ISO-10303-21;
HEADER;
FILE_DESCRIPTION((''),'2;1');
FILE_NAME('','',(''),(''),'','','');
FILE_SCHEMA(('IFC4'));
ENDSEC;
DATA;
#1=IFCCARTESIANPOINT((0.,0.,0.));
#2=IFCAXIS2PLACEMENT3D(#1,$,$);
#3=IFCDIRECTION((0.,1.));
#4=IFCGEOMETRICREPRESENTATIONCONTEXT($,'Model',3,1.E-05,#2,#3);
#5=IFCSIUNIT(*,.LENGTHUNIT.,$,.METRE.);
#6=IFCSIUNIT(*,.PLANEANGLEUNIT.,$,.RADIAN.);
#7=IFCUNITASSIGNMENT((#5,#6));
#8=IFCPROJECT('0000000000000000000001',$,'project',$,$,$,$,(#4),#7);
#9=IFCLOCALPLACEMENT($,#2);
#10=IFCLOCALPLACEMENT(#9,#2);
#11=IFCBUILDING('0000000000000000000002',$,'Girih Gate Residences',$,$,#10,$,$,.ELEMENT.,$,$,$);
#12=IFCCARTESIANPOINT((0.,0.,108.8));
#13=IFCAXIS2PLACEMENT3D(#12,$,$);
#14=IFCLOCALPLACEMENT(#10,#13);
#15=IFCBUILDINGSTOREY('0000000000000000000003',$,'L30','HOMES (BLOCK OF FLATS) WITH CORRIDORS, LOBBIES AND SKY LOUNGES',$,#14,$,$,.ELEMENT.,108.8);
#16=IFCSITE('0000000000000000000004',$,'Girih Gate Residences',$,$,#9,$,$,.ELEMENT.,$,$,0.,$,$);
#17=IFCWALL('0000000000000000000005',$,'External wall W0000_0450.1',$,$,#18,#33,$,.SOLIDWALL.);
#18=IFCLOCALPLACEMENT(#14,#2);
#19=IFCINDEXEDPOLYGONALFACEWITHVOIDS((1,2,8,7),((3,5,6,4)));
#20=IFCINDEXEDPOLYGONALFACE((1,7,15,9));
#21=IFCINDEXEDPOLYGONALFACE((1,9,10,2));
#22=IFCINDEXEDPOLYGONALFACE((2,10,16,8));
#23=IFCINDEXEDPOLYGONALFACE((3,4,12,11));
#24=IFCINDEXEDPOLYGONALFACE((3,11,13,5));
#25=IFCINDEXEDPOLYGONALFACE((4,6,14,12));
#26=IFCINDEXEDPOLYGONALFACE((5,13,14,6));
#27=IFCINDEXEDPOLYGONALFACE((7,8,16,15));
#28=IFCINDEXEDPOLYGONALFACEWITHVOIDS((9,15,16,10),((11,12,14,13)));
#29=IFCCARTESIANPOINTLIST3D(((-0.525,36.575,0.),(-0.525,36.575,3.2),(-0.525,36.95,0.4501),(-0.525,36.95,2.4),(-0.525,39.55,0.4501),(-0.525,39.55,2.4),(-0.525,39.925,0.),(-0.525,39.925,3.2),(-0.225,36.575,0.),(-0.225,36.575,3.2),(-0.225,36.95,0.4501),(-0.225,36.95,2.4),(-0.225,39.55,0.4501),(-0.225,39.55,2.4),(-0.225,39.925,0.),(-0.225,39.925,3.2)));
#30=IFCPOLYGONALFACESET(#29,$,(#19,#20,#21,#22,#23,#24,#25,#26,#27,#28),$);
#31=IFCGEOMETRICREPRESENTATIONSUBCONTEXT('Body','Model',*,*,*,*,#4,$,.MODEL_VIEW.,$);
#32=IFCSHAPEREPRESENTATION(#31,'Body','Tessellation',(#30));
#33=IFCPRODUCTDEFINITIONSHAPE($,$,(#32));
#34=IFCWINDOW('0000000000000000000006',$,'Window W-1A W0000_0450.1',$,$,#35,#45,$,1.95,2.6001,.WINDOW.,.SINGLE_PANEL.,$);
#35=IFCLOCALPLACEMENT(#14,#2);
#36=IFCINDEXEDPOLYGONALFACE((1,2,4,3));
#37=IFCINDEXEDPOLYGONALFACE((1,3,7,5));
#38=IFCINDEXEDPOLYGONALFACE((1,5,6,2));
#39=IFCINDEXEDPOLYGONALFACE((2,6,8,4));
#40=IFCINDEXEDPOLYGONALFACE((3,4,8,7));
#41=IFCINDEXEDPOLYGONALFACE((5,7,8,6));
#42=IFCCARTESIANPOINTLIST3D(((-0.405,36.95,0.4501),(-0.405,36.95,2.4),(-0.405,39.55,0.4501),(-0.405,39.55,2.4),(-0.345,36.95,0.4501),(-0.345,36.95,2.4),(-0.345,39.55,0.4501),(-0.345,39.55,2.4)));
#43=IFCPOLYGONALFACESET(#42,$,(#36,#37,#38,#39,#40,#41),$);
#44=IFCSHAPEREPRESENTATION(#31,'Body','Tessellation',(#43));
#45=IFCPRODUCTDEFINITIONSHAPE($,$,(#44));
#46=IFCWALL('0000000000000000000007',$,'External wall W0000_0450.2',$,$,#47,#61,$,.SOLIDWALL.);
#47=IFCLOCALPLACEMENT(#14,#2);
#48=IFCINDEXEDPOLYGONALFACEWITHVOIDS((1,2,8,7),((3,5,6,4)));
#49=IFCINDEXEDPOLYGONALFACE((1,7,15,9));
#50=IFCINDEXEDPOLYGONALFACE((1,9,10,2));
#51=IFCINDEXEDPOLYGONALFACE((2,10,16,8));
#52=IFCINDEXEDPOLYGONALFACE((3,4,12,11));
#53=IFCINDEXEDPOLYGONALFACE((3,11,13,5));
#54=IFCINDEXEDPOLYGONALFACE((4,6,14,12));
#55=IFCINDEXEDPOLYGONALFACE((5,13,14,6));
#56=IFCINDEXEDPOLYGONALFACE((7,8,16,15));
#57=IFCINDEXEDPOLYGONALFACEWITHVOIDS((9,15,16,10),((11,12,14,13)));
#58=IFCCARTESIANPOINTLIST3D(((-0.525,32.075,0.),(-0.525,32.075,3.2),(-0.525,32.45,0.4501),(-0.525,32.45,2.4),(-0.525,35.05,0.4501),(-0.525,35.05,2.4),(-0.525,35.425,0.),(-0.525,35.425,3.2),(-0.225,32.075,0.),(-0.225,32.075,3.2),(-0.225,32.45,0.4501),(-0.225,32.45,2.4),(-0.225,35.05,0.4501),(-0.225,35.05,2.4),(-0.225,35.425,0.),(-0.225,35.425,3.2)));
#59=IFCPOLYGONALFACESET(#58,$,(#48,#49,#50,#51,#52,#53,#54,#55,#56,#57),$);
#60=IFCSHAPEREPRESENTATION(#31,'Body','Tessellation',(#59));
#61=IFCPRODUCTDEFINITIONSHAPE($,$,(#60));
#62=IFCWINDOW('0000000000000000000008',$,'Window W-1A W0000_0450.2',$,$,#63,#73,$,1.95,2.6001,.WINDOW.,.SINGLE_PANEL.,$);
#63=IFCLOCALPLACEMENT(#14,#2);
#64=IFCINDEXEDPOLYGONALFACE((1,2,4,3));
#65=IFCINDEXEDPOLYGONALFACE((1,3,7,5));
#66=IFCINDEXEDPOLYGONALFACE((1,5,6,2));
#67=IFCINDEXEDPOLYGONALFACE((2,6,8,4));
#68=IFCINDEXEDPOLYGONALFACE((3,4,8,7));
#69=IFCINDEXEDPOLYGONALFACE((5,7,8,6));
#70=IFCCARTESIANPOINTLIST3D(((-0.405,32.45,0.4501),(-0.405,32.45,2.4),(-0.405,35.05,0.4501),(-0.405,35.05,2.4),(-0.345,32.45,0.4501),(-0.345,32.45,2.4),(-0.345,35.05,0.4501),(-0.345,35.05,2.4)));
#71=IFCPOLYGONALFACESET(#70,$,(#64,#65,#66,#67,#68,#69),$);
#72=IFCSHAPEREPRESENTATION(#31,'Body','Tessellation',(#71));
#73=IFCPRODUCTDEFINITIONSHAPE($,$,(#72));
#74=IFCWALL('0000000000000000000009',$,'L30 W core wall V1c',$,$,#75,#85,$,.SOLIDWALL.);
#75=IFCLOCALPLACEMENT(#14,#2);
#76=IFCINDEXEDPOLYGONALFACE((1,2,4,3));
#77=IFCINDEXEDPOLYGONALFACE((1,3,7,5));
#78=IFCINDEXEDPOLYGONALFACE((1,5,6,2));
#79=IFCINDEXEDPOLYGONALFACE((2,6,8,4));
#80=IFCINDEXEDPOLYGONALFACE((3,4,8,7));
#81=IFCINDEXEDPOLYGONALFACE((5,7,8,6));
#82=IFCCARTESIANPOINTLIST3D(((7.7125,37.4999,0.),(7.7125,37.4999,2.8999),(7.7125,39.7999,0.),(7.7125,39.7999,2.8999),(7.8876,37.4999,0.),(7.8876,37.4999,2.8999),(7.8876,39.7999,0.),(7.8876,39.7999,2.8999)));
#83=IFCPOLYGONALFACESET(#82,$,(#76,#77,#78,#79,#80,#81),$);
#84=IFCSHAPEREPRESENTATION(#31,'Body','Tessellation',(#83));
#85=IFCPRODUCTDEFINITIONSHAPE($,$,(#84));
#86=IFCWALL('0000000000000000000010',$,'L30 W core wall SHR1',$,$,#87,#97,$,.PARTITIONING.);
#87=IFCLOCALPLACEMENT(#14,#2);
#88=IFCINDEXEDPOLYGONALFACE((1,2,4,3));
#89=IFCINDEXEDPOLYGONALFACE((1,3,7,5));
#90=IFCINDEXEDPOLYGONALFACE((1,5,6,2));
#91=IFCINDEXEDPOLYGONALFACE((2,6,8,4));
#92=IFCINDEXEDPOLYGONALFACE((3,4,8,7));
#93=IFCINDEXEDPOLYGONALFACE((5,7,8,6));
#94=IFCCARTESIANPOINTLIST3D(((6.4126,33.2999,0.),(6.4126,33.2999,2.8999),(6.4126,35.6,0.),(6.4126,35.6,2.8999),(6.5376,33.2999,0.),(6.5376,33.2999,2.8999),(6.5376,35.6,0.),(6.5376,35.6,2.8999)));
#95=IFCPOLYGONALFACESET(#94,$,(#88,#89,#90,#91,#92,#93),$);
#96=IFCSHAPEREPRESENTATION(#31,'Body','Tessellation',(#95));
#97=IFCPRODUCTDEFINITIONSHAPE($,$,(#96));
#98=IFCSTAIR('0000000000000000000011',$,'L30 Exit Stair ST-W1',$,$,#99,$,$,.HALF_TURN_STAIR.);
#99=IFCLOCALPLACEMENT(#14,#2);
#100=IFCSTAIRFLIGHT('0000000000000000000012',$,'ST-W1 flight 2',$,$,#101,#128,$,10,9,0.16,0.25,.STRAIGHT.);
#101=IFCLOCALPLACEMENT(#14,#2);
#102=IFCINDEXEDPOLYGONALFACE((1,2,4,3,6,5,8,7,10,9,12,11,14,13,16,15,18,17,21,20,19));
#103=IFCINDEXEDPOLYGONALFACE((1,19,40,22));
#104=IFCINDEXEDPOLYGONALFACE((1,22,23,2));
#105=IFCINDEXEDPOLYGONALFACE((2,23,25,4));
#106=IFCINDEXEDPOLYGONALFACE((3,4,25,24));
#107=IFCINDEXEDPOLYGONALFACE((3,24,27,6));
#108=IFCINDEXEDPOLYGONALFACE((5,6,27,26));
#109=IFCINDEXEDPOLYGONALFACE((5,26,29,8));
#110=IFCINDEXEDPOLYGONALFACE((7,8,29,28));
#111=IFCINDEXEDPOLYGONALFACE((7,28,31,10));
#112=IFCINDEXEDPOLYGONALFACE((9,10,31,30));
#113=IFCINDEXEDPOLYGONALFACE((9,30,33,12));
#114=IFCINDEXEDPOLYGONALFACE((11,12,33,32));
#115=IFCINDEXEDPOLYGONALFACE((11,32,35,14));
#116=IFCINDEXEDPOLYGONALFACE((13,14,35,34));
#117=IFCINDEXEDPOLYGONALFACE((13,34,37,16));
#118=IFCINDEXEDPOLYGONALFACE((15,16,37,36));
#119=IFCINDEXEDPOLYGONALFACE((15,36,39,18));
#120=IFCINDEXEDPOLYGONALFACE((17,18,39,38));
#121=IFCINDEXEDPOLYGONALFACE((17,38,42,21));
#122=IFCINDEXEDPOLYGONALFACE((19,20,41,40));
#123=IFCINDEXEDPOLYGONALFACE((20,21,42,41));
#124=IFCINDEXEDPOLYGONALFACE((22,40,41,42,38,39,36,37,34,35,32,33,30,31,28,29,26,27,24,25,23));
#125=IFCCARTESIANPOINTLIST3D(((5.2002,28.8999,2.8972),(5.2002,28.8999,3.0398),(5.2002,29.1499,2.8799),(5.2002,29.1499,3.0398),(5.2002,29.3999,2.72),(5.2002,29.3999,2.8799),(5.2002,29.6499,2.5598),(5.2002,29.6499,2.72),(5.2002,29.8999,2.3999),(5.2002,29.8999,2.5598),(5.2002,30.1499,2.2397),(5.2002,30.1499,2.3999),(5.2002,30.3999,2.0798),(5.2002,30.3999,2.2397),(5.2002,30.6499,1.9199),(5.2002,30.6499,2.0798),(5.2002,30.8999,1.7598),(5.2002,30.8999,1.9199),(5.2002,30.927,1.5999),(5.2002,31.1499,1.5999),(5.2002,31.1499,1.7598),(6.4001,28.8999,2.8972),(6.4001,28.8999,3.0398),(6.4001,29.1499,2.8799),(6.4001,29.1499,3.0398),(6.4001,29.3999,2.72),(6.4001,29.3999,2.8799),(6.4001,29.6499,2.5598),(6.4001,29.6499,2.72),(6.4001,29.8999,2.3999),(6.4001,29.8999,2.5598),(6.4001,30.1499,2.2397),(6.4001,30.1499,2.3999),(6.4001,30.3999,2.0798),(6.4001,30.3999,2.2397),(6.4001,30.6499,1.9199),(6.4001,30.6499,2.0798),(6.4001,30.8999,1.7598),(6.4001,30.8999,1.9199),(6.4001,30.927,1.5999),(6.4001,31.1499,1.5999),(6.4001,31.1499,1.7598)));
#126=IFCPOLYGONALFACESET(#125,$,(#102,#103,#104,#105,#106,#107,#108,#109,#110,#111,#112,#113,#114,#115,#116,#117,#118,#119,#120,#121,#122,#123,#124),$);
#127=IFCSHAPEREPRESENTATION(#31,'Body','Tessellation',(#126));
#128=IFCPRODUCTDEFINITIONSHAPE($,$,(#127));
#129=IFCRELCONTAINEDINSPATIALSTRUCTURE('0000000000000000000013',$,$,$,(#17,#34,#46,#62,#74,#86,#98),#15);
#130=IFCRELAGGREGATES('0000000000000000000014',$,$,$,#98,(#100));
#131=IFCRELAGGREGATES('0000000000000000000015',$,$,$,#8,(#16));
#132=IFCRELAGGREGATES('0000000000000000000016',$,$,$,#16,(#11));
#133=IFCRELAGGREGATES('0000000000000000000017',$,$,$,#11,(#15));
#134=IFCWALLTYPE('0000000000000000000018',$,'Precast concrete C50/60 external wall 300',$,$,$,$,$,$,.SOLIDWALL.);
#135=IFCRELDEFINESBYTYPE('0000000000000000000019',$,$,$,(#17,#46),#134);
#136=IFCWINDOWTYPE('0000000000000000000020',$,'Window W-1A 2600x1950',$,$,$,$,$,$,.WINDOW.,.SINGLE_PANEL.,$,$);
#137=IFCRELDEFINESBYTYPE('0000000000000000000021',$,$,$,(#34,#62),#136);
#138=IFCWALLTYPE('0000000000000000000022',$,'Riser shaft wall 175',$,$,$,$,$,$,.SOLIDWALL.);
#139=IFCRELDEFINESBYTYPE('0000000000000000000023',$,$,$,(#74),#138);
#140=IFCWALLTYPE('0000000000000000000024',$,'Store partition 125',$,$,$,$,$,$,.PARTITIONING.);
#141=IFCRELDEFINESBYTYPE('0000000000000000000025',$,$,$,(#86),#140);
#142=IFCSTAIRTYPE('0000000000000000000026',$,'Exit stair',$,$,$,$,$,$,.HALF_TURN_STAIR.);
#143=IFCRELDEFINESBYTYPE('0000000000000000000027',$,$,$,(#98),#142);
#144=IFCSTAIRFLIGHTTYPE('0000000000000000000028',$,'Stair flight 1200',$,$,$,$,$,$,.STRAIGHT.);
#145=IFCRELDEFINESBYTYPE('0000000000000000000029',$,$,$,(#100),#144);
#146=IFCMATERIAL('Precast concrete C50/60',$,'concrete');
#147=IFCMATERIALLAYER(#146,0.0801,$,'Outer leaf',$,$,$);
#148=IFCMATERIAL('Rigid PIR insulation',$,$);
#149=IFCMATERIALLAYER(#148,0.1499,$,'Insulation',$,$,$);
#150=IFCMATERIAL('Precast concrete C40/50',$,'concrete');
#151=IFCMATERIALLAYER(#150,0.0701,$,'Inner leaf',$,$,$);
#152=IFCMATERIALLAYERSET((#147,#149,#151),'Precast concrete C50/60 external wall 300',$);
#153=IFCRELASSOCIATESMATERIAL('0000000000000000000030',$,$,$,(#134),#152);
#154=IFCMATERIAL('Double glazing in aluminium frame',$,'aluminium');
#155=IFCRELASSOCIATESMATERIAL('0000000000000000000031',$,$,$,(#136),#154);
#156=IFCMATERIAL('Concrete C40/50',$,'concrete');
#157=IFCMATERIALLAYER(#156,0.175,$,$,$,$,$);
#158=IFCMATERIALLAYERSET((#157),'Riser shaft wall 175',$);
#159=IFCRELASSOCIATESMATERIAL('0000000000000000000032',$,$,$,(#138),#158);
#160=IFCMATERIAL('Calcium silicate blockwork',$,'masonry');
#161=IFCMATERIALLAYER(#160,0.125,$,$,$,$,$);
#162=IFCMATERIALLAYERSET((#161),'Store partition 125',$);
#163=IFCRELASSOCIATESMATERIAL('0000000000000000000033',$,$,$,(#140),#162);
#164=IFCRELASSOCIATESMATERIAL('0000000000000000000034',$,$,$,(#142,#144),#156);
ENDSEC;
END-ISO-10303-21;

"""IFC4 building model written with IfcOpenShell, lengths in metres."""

from ifc_helpers import new_model, si_unit, direction, frame, frame_2d, origin, place, context, subcontext, project, spatial, polyline, rectangle, outline, extrude, material, layer, layer_set, type_object, element, fill, aggregate, save


model = new_model("IFC4")

# Units and contexts
model_context = context("Model", 3, precision=1e-05, world=origin(), true_north=direction((0.0, 1.0)))
body_context = subcontext(model_context, "Body", "Model", "MODEL_VIEW")
ifc_project = project(units=[si_unit("LENGTHUNIT", "METRE"), si_unit("PLANEANGLEUNIT", "RADIAN")], contexts=[model_context])

# Site, building, storey
site_placement = place(None, origin())
site = spatial("IfcSite", under=ifc_project, at=site_placement, Name="Girih Gate Residences", CompositionType="ELEMENT", RefElevation=0.0)
building_placement = place(site_placement, origin())
building = spatial("IfcBuilding", under=site, at=building_placement, Name="Girih Gate Residences", CompositionType="ELEMENT")
storey_placement = place(building_placement, frame((0.0, 0.0, 108.8)))
storey = spatial("IfcBuildingStorey", under=building, at=storey_placement, Name="L30", Description="HOMES (BLOCK OF FLATS) WITH CORRIDORS, LOBBIES AND SKY LOUNGES", CompositionType="ELEMENT", Elevation=108.8)

# Shared definitions
ifc_material_1 = material(Name="Concrete C40/50", Category="concrete")

# Walls, openings, windows
ifc_material_2 = material(Name="Precast concrete C50/60", Category="concrete")
ifc_layer_1 = layer(ifc_material_2, 0.0801, Name="Outer leaf")
ifc_material_3 = material(Name="Rigid PIR insulation")
ifc_layer_2 = layer(ifc_material_3, 0.1499, Name="Insulation")
ifc_material_4 = material(Name="Precast concrete C40/50", Category="concrete")
ifc_layer_3 = layer(ifc_material_4, 0.0701, Name="Inner leaf")
ifc_layer_set_1 = layer_set([ifc_layer_1, ifc_layer_2, ifc_layer_3], Name="Precast concrete C50/60 external wall 300")
wall_type_1 = type_object("IfcWallType", Name="Precast concrete C50/60 external wall 300", PredefinedType="SOLIDWALL", material=ifc_layer_set_1)
wall_1_placement = place(storey_placement, frame((-0.375, 36.575, 0.0), z_axis=(0.0, 0.0, 1.0), x_axis=(0.0, 1.0, 0.0)))
wall_1 = element("IfcWall", 1, at=wall_1_placement, inside=storey, type_object=wall_type_1, Name="External wall W0000_0450.1", PredefinedType="SOLIDWALL", context=body_context, shape_type="SweptSolid", body=[
    extrude(rectangle(XDim=3.3501, YDim=0.3, at=frame_2d((1.675, 0.0))), origin(), (0.0, 0.0, 1.0), 3.2),
])
opening_1_placement = place(wall_1_placement, frame((0.375, 0.0, 0.45)))
opening_1 = element("IfcOpeningElement", 2, at=opening_1_placement, cuts=wall_1, PredefinedType="OPENING", context=body_context, shape_type="SweptSolid", body=[
    extrude(rectangle(XDim=2.6001, YDim=1.95, at=frame_2d((1.3, 0.9751))), frame((0.0, 0.1599, 0.0), z_axis=(0.0, -1.0, 0.0), x_axis=(1.0, 0.0, 0.0)), (0.0, 0.0, 1.0), 0.3201),
])
ifc_material_5 = material(Name="Double glazing in aluminium frame", Category="aluminium")
window_type = type_object("IfcWindowType", Name="Window W-1A 2600x1950", PartitioningType="SINGLE_PANEL", PredefinedType="WINDOW", material=ifc_material_5)
window_1_placement = place(opening_1_placement, origin())
window_1 = element("IfcWindow", 3, at=window_1_placement, inside=storey, type_object=window_type, Name="Window W-1A W0000_0450.1", OverallHeight=1.95, OverallWidth=2.6001, PartitioningType="SINGLE_PANEL", PredefinedType="WINDOW", context=body_context, shape_type="SweptSolid", body=[
    extrude(rectangle(XDim=2.6001, YDim=1.95, at=frame_2d((1.3, 0.9751))), frame((0.0, 0.03, 0.0), z_axis=(0.0, -1.0, 0.0), x_axis=(1.0, 0.0, 0.0)), (0.0, 0.0, 1.0), 0.0601),
])
fill(opening_1, window_1)
wall_2_placement = place(storey_placement, frame((-0.375, 32.075, 0.0), z_axis=(0.0, 0.0, 1.0), x_axis=(0.0, 1.0, 0.0)))
wall_2 = element("IfcWall", 4, at=wall_2_placement, inside=storey, type_object=wall_type_1, Name="External wall W0000_0450.2", PredefinedType="SOLIDWALL", context=body_context, shape_type="SweptSolid", body=[
    extrude(rectangle(XDim=3.3501, YDim=0.3, at=frame_2d((1.675, 0.0))), origin(), (0.0, 0.0, 1.0), 3.2),
])
opening_2_placement = place(wall_2_placement, frame((0.375, 0.0, 0.45)))
opening_2 = element("IfcOpeningElement", 5, at=opening_2_placement, cuts=wall_2, PredefinedType="OPENING", context=body_context, shape_type="SweptSolid", body=[
    extrude(rectangle(XDim=2.6001, YDim=1.95, at=frame_2d((1.3, 0.9751))), frame((0.0, 0.1599, 0.0), z_axis=(0.0, -1.0, 0.0), x_axis=(1.0, 0.0, 0.0)), (0.0, 0.0, 1.0), 0.3201),
])
window_2_placement = place(opening_2_placement, origin())
window_2 = element("IfcWindow", 6, at=window_2_placement, inside=storey, type_object=window_type, Name="Window W-1A W0000_0450.2", OverallHeight=1.95, OverallWidth=2.6001, PartitioningType="SINGLE_PANEL", PredefinedType="WINDOW", context=body_context, shape_type="SweptSolid", body=[
    extrude(rectangle(XDim=2.6001, YDim=1.95, at=frame_2d((1.3, 0.9751))), frame((0.0, 0.03, 0.0), z_axis=(0.0, -1.0, 0.0), x_axis=(1.0, 0.0, 0.0)), (0.0, 0.0, 1.0), 0.0601),
])
fill(opening_2, window_2)

# Walls
ifc_layer_4 = layer(ifc_material_1, 0.175)
ifc_layer_set_2 = layer_set([ifc_layer_4], Name="Riser shaft wall 175")
wall_type_2 = type_object("IfcWallType", Name="Riser shaft wall 175", PredefinedType="SOLIDWALL", material=ifc_layer_set_2)
wall_3_placement = place(storey_placement, frame((7.8, 37.5, 0.0), z_axis=(0.0, 0.0, 1.0), x_axis=(0.0, 1.0, 0.0)))
element("IfcWall", 7, at=wall_3_placement, inside=storey, type_object=wall_type_2, Name="L30 W core wall V1c", PredefinedType="SOLIDWALL", context=body_context, shape_type="SweptSolid", body=[
    extrude(rectangle(XDim=2.3, YDim=0.175, at=frame_2d((1.1499, 0.0))), origin(), (0.0, 0.0, 1.0), 2.8999),
])
ifc_material_6 = material(Name="Calcium silicate blockwork", Category="masonry")
ifc_layer_5 = layer(ifc_material_6, 0.125)
ifc_layer_set_3 = layer_set([ifc_layer_5], Name="Store partition 125")
wall_type_3 = type_object("IfcWallType", Name="Store partition 125", PredefinedType="PARTITIONING", material=ifc_layer_set_3)
wall_4_placement = place(storey_placement, frame((6.4751, 33.3, 0.0), z_axis=(0.0, 0.0, 1.0), x_axis=(0.0, 1.0, 0.0)))
element("IfcWall", 8, at=wall_4_placement, inside=storey, type_object=wall_type_3, Name="L30 W core wall SHR1", PredefinedType="PARTITIONING", context=body_context, shape_type="SweptSolid", body=[
    extrude(rectangle(XDim=2.3, YDim=0.125, at=frame_2d((1.1499, 0.0))), origin(), (0.0, 0.0, 1.0), 2.8999),
])

# Stair, stair flight
stair_type = type_object("IfcStairType", Name="Exit stair", PredefinedType="HALF_TURN_STAIR", material=ifc_material_1)
stair_placement = place(storey_placement, origin())
stair = element("IfcStair", 9, at=stair_placement, inside=storey, type_object=stair_type, Name="L30 Exit Stair ST-W1", PredefinedType="HALF_TURN_STAIR")
stair_flight_type = type_object("IfcStairFlightType", Name="Stair flight 1200", PredefinedType="STRAIGHT", material=ifc_material_1)
stair_flight_placement = place(storey_placement, frame((5.8, 31.1499, 1.5999), z_axis=(0.0, 0.0, 1.0), x_axis=(0.0, -1.0, 0.0)))
stair_flight = element("IfcStairFlight", 10, at=stair_flight_placement, type_object=stair_flight_type, Name="ST-W1 flight 2", NumberOfRisers=10, NumberOfTreads=9, PredefinedType="STRAIGHT", RiserHeight=0.16, TreadLength=0.25, context=body_context, shape_type="SweptSolid", body=[
    extrude(outline(polyline([(0.0, 0.0), (0.0, 0.1599), (0.25, 0.1599), (0.25, 0.3201), (0.5, 0.3201), (0.5, 0.48), (0.75, 0.48), (0.75, 0.6399), (1.0, 0.6399), (1.0, 0.8), (1.25, 0.8), (1.25, 0.96), (1.5, 0.96), (1.5, 1.1201), (1.75, 1.1201), (1.75, 1.28), (2.0, 1.28), (2.0, 1.4399), (2.25, 1.4399), (2.25, 1.6001), (2.25, 1.2974), (0.2229, 0.0), (0.0, 0.0)])), frame((0.0, 0.6001, 0.0), z_axis=(0.0, -1.0, 0.0), x_axis=(1.0, 0.0, 0.0)), (0.0, 0.0, 1.0), 1.2),
])
aggregate(stair, [stair_flight])

save(model, "model.ifc")
